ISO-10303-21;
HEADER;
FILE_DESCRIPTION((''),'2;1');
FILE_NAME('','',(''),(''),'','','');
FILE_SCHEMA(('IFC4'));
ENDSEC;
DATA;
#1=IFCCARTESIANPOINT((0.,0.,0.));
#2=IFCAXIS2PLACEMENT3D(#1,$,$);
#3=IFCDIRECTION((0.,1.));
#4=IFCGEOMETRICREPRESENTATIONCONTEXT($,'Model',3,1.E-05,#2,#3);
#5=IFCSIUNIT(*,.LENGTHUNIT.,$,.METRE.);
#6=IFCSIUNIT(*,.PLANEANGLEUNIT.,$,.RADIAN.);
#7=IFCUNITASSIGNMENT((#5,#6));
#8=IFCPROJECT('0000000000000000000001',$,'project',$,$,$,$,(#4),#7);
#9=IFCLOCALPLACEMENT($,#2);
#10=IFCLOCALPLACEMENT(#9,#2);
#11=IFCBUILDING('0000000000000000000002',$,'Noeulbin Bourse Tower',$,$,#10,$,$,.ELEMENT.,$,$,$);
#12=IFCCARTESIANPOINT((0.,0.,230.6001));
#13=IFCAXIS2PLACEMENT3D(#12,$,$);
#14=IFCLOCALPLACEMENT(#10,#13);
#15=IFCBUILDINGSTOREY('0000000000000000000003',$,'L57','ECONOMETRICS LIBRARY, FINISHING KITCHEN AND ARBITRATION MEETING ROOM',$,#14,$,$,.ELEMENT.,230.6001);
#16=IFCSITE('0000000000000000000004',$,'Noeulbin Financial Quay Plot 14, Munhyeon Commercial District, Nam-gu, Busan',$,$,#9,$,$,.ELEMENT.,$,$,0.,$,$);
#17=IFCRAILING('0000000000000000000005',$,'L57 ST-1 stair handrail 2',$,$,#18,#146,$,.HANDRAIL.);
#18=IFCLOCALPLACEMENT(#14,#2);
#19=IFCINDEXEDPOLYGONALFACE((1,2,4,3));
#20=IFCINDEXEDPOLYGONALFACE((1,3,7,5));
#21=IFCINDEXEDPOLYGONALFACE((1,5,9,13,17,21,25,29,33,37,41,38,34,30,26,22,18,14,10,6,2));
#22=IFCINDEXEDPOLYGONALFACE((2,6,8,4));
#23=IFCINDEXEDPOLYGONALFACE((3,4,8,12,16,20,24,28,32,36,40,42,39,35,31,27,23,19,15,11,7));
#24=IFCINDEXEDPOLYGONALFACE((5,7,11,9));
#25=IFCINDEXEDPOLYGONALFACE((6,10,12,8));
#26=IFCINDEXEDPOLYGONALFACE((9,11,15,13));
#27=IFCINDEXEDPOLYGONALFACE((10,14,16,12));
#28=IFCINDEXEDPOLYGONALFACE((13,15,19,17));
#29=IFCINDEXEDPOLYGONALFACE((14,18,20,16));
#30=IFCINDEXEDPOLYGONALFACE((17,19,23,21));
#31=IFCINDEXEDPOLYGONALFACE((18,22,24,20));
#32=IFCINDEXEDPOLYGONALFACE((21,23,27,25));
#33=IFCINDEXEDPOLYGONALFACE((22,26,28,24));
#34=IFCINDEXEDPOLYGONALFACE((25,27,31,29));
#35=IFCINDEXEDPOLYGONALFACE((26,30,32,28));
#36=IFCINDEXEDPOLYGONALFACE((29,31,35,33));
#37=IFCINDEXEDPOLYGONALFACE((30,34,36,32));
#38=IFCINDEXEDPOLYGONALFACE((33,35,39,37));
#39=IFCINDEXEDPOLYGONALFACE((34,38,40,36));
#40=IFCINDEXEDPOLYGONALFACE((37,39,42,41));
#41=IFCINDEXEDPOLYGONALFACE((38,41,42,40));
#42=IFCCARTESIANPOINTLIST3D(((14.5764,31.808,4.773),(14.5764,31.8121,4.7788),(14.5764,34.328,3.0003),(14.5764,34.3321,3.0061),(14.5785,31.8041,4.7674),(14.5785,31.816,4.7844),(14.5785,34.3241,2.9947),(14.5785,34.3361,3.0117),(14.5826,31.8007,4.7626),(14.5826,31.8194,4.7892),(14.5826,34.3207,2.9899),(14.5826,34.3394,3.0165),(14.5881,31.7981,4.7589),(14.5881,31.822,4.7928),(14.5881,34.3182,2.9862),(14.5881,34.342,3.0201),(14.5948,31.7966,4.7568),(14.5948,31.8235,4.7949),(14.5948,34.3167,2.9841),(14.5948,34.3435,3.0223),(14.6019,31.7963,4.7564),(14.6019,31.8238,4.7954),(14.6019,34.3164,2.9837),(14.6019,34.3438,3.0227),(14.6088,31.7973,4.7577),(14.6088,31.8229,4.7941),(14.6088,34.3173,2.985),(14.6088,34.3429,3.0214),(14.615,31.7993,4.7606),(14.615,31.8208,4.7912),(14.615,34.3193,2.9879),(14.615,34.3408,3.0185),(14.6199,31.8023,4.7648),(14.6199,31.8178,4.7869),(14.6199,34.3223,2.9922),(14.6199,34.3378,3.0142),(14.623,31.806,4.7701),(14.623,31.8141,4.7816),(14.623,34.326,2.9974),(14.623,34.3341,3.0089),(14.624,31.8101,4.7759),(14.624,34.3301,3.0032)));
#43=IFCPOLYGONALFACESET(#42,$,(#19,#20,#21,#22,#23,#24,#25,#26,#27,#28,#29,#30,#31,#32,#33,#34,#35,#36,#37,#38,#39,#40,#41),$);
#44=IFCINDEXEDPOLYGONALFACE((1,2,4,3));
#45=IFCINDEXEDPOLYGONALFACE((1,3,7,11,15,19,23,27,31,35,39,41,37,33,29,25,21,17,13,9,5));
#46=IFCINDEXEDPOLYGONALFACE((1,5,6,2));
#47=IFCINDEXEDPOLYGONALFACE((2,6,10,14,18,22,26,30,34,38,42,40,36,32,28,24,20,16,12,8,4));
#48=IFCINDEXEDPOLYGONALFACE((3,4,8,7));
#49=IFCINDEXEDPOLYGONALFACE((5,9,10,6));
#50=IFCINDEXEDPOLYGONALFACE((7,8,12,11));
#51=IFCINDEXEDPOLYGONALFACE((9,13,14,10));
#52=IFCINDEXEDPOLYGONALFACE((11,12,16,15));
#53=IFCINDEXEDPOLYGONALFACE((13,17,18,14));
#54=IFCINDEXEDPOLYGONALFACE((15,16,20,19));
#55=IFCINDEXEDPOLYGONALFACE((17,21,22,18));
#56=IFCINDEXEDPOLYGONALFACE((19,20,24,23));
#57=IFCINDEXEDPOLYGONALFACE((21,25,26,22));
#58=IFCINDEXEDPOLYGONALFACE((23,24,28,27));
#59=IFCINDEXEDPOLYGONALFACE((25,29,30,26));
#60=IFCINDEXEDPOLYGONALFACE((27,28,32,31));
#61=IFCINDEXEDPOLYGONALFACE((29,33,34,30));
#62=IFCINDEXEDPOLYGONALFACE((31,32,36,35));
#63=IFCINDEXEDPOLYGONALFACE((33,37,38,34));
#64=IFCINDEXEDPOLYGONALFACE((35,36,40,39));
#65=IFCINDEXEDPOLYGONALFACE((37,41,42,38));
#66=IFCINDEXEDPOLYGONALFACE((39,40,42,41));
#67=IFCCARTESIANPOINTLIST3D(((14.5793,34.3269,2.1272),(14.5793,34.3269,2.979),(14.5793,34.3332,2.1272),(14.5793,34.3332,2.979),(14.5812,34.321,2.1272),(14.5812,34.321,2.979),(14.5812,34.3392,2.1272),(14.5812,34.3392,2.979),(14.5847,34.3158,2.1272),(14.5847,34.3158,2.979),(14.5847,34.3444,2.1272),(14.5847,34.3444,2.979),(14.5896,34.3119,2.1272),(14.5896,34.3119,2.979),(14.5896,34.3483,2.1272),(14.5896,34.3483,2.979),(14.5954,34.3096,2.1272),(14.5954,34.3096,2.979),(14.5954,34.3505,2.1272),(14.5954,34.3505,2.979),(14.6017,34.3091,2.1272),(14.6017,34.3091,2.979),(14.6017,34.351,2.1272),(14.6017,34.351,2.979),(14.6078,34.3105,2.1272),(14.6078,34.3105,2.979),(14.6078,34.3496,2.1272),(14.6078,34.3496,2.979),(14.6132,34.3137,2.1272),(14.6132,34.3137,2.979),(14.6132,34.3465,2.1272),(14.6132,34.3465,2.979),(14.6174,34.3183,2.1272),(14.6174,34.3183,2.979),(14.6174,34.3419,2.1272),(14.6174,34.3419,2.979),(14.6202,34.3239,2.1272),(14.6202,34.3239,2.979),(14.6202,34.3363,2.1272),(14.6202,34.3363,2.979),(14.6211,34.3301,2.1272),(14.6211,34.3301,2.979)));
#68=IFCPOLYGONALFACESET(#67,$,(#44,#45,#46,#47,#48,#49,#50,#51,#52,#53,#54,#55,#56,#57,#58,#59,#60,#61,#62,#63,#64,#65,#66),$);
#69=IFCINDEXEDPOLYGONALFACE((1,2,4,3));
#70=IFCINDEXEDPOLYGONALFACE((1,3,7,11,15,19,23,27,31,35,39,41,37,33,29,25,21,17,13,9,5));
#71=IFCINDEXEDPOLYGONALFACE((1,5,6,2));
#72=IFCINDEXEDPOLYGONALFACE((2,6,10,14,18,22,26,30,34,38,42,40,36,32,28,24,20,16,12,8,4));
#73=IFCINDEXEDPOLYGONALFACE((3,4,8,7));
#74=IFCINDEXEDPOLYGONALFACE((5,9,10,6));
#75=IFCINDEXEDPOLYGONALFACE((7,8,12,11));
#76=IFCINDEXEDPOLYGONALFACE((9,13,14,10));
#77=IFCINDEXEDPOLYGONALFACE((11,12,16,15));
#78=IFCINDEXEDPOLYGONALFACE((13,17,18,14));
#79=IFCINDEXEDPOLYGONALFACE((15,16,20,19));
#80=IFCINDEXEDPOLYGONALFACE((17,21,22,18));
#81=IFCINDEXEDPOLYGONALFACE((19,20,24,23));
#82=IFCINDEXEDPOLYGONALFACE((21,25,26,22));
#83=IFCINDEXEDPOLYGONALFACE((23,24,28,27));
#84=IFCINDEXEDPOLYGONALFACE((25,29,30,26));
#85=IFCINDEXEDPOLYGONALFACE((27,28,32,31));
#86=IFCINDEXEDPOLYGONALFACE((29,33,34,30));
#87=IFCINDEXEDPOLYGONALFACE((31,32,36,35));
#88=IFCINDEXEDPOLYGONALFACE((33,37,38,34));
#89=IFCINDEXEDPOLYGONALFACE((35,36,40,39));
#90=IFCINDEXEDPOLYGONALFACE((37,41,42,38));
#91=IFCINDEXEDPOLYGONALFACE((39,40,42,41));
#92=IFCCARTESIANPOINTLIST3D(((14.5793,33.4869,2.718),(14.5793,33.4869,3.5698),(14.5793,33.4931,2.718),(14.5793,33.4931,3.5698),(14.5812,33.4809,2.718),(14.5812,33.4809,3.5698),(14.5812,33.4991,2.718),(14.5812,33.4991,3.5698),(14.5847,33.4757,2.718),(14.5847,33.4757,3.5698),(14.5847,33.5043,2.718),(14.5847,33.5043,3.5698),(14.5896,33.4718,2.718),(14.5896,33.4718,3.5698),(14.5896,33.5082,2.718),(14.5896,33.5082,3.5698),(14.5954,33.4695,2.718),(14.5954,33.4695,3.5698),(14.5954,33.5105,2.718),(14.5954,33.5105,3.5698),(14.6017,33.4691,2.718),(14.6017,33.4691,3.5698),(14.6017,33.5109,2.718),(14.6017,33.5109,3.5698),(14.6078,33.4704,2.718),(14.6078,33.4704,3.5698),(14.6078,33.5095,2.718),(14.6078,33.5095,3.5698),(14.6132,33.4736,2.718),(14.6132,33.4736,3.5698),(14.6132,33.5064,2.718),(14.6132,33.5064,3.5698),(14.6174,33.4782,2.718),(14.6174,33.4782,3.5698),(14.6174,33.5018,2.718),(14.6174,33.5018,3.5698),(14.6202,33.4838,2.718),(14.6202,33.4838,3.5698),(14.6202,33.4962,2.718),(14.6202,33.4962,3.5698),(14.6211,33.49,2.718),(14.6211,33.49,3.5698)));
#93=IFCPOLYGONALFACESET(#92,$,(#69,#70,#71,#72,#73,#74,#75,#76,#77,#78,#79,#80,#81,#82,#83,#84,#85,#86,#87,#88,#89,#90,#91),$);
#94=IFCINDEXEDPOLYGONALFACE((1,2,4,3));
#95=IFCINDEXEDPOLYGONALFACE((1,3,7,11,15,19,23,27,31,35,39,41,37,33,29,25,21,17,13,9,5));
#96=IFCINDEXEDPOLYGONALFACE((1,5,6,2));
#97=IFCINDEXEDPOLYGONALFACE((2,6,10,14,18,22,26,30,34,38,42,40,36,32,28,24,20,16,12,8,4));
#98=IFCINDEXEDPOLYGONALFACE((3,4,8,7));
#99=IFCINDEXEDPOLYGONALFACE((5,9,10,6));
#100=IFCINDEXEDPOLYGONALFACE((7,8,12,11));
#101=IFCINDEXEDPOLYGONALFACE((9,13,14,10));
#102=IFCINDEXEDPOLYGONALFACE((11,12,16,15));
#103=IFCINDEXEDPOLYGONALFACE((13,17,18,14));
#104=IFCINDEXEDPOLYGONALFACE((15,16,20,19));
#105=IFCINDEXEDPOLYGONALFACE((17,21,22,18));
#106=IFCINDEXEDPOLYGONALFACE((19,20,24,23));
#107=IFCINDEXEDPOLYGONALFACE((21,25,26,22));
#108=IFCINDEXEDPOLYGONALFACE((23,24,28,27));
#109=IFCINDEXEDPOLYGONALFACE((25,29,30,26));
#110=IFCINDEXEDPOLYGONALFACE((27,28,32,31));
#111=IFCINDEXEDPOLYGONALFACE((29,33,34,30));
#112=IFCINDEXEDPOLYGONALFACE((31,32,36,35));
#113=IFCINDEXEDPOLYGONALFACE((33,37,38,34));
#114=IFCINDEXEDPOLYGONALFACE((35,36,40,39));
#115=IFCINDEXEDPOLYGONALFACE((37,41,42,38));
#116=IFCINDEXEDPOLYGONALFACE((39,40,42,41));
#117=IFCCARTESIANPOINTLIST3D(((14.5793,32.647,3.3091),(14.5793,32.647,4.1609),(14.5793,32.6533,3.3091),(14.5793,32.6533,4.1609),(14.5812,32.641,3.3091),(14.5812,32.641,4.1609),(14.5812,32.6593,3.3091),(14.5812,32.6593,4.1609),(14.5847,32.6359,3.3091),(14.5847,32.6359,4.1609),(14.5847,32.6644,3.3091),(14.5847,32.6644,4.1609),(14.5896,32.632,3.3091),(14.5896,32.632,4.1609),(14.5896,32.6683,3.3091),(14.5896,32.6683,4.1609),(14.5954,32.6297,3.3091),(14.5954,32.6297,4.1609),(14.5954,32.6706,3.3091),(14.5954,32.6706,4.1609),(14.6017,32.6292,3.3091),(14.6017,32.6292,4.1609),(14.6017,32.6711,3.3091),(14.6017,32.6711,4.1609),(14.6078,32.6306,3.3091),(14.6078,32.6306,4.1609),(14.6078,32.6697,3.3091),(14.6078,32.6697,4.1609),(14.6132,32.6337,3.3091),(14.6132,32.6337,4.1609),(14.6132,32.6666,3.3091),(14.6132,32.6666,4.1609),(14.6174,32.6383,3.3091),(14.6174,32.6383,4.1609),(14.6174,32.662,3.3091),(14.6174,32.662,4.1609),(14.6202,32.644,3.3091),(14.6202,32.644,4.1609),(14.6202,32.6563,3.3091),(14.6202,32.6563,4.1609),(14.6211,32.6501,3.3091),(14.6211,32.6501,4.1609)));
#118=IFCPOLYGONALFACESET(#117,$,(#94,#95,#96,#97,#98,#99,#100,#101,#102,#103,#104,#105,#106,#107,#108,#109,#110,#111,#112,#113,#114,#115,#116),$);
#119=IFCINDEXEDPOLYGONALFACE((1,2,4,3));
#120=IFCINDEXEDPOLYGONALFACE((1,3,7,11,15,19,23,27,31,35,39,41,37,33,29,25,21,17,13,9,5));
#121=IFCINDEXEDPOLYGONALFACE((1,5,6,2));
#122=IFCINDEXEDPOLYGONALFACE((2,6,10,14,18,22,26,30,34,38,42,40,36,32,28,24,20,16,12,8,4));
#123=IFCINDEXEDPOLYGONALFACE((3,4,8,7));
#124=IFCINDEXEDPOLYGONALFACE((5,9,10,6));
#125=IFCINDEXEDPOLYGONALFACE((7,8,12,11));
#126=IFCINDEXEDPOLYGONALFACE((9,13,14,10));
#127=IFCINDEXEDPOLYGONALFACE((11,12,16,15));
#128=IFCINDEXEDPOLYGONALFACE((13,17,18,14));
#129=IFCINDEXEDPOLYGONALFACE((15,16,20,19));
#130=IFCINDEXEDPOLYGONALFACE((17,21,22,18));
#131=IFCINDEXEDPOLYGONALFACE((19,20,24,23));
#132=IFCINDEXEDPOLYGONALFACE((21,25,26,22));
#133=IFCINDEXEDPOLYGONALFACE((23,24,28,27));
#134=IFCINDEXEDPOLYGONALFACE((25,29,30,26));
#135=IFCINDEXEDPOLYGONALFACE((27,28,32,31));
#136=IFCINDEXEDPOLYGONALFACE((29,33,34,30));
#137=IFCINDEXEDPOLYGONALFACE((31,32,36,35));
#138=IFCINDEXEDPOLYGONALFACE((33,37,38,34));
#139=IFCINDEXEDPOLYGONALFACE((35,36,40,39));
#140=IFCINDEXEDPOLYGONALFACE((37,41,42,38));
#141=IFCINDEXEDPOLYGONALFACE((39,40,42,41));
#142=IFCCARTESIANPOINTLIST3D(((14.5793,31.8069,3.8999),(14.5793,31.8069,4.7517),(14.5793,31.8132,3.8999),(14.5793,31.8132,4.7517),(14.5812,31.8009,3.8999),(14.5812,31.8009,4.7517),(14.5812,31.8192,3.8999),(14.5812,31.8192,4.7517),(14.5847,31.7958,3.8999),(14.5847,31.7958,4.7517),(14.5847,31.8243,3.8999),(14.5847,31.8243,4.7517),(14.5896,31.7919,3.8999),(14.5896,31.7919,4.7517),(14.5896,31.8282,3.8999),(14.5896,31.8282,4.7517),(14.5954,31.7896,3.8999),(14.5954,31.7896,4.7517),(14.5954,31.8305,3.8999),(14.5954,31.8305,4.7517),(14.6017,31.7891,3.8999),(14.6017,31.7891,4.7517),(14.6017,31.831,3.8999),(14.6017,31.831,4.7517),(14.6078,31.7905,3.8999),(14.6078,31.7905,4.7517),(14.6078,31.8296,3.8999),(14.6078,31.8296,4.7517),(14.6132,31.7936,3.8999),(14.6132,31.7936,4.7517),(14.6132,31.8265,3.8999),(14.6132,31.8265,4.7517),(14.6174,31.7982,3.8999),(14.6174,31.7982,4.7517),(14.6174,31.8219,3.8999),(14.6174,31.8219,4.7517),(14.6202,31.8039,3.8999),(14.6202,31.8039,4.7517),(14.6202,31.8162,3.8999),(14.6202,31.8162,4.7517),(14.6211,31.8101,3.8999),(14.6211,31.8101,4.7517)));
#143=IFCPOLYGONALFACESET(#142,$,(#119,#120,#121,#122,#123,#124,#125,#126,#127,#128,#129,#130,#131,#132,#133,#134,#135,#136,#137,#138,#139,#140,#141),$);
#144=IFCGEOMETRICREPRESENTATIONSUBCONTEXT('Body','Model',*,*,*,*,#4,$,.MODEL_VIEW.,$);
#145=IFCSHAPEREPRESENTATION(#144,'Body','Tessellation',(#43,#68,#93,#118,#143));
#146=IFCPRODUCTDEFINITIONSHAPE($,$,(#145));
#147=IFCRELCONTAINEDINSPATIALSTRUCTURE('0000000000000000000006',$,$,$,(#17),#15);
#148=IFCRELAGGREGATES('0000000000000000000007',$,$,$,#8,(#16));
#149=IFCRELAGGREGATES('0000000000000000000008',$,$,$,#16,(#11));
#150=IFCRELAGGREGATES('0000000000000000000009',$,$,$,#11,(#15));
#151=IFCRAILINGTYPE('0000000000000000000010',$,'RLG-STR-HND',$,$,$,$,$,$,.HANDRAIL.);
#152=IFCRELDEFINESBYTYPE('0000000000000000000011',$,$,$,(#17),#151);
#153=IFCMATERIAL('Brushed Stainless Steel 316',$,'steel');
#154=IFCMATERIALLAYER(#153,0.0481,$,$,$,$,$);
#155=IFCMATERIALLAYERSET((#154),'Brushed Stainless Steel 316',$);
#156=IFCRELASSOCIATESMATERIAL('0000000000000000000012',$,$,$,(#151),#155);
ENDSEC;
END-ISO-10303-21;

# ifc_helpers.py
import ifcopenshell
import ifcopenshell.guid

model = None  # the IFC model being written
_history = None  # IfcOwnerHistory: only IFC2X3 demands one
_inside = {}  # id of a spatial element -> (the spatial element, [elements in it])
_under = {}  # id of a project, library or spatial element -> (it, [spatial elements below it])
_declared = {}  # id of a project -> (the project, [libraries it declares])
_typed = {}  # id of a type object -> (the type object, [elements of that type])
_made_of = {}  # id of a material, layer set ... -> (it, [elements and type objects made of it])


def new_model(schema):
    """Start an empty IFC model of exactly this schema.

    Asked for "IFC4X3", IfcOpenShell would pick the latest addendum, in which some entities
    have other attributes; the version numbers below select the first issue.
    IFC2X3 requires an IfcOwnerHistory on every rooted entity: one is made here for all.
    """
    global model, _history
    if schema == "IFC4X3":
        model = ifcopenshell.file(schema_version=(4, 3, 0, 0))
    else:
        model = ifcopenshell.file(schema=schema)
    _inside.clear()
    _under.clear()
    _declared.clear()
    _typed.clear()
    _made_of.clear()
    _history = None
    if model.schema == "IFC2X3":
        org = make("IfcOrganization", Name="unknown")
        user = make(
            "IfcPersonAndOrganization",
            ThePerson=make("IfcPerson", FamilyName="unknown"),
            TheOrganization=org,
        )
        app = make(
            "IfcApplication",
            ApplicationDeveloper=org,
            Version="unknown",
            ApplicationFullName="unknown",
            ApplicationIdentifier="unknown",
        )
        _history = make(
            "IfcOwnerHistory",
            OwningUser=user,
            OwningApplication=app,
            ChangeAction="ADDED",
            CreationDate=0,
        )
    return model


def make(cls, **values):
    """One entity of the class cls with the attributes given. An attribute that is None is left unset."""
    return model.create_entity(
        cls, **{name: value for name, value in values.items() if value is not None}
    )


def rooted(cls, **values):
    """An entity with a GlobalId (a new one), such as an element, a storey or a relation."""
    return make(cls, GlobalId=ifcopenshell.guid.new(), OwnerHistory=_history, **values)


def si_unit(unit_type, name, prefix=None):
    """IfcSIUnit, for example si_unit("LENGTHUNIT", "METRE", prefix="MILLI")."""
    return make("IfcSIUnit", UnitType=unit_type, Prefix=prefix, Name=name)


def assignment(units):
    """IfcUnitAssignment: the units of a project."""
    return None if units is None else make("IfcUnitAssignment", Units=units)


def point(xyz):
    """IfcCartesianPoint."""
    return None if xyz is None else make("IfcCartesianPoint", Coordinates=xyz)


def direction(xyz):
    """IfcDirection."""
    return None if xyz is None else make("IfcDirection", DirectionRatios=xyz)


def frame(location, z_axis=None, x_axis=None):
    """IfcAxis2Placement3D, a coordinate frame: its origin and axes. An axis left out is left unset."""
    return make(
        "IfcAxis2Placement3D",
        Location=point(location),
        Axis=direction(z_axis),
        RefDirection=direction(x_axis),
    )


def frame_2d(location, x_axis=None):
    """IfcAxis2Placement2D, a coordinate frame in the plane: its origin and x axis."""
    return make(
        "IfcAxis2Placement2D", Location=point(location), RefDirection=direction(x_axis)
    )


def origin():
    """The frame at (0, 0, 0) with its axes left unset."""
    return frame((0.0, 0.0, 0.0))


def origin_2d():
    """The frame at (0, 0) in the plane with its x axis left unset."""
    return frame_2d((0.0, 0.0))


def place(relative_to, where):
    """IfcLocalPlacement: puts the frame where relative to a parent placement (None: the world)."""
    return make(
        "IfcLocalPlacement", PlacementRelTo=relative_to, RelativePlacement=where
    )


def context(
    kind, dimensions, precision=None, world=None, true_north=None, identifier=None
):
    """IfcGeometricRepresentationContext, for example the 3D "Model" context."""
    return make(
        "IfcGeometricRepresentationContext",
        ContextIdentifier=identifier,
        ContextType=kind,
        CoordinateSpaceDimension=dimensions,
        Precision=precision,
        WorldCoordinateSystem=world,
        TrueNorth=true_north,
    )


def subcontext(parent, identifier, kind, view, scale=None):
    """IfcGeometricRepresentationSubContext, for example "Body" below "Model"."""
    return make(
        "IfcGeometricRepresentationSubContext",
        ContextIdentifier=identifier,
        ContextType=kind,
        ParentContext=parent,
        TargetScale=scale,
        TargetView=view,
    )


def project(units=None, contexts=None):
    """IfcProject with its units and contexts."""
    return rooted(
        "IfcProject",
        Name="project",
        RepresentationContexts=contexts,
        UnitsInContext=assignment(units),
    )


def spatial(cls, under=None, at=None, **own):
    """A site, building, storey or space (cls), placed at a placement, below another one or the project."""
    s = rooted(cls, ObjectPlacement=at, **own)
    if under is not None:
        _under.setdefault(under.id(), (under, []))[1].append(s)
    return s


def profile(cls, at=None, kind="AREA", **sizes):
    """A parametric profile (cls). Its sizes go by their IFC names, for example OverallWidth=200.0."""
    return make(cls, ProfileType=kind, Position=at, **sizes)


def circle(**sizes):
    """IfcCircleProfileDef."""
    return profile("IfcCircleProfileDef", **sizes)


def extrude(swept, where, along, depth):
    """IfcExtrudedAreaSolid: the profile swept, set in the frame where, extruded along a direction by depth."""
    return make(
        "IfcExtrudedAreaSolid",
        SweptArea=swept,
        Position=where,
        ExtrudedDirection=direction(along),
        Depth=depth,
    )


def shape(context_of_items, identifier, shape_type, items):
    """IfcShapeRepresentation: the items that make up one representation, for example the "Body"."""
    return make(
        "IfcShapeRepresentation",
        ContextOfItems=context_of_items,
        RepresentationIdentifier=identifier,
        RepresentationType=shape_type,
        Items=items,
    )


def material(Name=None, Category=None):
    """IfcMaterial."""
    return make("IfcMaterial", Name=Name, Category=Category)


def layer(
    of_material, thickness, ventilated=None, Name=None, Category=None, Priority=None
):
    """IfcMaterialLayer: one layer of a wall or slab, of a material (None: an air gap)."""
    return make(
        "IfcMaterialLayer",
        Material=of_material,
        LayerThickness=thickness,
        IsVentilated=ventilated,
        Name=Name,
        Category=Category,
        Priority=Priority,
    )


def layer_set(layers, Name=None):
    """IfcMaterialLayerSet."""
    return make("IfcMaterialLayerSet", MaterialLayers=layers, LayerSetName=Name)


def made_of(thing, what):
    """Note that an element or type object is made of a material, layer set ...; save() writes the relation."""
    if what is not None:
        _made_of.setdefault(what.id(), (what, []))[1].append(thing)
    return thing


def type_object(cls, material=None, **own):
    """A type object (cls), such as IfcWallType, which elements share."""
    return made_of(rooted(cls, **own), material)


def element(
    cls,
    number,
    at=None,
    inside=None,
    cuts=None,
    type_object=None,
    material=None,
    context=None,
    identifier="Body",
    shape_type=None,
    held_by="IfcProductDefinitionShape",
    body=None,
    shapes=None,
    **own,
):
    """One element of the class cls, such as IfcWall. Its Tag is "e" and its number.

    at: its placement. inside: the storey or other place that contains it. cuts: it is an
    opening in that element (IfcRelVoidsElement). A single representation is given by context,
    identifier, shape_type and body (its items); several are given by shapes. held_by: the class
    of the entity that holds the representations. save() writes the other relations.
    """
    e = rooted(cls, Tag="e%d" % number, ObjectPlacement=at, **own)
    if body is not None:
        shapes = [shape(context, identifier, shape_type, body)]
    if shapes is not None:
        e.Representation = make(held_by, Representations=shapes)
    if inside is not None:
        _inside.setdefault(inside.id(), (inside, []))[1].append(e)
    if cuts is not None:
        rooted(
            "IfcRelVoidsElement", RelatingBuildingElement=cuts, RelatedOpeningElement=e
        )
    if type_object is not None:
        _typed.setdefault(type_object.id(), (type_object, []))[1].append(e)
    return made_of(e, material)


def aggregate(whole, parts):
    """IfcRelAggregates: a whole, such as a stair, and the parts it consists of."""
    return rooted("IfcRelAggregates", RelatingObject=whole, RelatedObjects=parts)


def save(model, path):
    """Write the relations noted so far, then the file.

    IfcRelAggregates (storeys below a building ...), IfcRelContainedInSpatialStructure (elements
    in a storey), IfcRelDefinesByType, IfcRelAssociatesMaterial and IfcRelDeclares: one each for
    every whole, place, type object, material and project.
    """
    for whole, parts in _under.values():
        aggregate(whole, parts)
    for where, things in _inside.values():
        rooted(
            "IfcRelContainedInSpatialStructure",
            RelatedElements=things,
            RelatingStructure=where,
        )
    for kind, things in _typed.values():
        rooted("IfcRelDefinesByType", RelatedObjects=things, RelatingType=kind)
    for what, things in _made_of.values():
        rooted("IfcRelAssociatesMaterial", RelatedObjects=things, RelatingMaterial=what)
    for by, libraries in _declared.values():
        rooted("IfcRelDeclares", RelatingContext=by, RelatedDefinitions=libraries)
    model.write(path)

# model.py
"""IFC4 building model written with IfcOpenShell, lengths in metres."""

from ifc_helpers import new_model, si_unit, direction, frame, origin, origin_2d, place, context, subcontext, project, spatial, circle, extrude, material, layer, layer_set, type_object, element, save


model = new_model("IFC4")

# Units and contexts
model_context = context("Model", 3, precision=1e-05, world=origin(), true_north=direction((0.0, 1.0)))
body_context = subcontext(model_context, "Body", "Model", "MODEL_VIEW")
ifc_project = project(units=[si_unit("LENGTHUNIT", "METRE"), si_unit("PLANEANGLEUNIT", "RADIAN")], contexts=[model_context])

# Site, building, storey
site_placement = place(None, origin())
site = spatial("IfcSite", under=ifc_project, at=site_placement, Name="Noeulbin Financial Quay Plot 14, Munhyeon Commercial District, Nam-gu, Busan", CompositionType="ELEMENT", RefElevation=0.0)
building_placement = place(site_placement, origin())
building = spatial("IfcBuilding", under=site, at=building_placement, Name="Noeulbin Bourse Tower", CompositionType="ELEMENT")
storey_placement = place(building_placement, frame((0.0, 0.0, 230.6001)))
storey = spatial("IfcBuildingStorey", under=building, at=storey_placement, Name="L57", Description="ECONOMETRICS LIBRARY, FINISHING KITCHEN AND ARBITRATION MEETING ROOM", CompositionType="ELEMENT", Elevation=230.6001)

# Railing
ifc_material_1 = material(Name="Brushed Stainless Steel 316", Category="steel")
ifc_layer_1 = layer(ifc_material_1, 0.0481)
ifc_layer_set_1 = layer_set([ifc_layer_1], Name="Brushed Stainless Steel 316")
railing_type_1 = type_object("IfcRailingType", Name="RLG-STR-HND", PredefinedType="HANDRAIL", material=ifc_layer_set_1)
railing_1_placement = place(storey_placement, frame((14.6001, 34.3301, 2.1272)))
element("IfcRailing", 1, at=railing_1_placement, inside=storey, type_object=railing_type_1, Name="L57 ST-1 stair handrail 2", PredefinedType="HANDRAIL", context=body_context, shape_type="SweptSolid", body=[
    extrude(circle(Radius=0.0239, at=origin_2d()), frame((0.0, 0.0, 0.876), z_axis=(0.0, -0.817904, 0.575354), x_axis=(1.0, 0.0, 0.0)), (0.0, 0.0, 1.0), 3.0811),
    extrude(circle(Radius=0.021, at=origin_2d()), origin(), (0.0, 0.0, 1.0), 0.8518),
    extrude(circle(Radius=0.021, at=origin_2d()), frame((0.0, -0.8401, 0.5908)), (0.0, 0.0, 1.0), 0.8518),
    extrude(circle(Radius=0.021, at=origin_2d()), frame((0.0, -1.6799, 1.1819)), (0.0, 0.0, 1.0), 0.8518),
    extrude(circle(Radius=0.021, at=origin_2d()), frame((0.0, -2.52, 1.7727)), (0.0, 0.0, 1.0), 0.8518),
])

save(model, "model.ifc")
